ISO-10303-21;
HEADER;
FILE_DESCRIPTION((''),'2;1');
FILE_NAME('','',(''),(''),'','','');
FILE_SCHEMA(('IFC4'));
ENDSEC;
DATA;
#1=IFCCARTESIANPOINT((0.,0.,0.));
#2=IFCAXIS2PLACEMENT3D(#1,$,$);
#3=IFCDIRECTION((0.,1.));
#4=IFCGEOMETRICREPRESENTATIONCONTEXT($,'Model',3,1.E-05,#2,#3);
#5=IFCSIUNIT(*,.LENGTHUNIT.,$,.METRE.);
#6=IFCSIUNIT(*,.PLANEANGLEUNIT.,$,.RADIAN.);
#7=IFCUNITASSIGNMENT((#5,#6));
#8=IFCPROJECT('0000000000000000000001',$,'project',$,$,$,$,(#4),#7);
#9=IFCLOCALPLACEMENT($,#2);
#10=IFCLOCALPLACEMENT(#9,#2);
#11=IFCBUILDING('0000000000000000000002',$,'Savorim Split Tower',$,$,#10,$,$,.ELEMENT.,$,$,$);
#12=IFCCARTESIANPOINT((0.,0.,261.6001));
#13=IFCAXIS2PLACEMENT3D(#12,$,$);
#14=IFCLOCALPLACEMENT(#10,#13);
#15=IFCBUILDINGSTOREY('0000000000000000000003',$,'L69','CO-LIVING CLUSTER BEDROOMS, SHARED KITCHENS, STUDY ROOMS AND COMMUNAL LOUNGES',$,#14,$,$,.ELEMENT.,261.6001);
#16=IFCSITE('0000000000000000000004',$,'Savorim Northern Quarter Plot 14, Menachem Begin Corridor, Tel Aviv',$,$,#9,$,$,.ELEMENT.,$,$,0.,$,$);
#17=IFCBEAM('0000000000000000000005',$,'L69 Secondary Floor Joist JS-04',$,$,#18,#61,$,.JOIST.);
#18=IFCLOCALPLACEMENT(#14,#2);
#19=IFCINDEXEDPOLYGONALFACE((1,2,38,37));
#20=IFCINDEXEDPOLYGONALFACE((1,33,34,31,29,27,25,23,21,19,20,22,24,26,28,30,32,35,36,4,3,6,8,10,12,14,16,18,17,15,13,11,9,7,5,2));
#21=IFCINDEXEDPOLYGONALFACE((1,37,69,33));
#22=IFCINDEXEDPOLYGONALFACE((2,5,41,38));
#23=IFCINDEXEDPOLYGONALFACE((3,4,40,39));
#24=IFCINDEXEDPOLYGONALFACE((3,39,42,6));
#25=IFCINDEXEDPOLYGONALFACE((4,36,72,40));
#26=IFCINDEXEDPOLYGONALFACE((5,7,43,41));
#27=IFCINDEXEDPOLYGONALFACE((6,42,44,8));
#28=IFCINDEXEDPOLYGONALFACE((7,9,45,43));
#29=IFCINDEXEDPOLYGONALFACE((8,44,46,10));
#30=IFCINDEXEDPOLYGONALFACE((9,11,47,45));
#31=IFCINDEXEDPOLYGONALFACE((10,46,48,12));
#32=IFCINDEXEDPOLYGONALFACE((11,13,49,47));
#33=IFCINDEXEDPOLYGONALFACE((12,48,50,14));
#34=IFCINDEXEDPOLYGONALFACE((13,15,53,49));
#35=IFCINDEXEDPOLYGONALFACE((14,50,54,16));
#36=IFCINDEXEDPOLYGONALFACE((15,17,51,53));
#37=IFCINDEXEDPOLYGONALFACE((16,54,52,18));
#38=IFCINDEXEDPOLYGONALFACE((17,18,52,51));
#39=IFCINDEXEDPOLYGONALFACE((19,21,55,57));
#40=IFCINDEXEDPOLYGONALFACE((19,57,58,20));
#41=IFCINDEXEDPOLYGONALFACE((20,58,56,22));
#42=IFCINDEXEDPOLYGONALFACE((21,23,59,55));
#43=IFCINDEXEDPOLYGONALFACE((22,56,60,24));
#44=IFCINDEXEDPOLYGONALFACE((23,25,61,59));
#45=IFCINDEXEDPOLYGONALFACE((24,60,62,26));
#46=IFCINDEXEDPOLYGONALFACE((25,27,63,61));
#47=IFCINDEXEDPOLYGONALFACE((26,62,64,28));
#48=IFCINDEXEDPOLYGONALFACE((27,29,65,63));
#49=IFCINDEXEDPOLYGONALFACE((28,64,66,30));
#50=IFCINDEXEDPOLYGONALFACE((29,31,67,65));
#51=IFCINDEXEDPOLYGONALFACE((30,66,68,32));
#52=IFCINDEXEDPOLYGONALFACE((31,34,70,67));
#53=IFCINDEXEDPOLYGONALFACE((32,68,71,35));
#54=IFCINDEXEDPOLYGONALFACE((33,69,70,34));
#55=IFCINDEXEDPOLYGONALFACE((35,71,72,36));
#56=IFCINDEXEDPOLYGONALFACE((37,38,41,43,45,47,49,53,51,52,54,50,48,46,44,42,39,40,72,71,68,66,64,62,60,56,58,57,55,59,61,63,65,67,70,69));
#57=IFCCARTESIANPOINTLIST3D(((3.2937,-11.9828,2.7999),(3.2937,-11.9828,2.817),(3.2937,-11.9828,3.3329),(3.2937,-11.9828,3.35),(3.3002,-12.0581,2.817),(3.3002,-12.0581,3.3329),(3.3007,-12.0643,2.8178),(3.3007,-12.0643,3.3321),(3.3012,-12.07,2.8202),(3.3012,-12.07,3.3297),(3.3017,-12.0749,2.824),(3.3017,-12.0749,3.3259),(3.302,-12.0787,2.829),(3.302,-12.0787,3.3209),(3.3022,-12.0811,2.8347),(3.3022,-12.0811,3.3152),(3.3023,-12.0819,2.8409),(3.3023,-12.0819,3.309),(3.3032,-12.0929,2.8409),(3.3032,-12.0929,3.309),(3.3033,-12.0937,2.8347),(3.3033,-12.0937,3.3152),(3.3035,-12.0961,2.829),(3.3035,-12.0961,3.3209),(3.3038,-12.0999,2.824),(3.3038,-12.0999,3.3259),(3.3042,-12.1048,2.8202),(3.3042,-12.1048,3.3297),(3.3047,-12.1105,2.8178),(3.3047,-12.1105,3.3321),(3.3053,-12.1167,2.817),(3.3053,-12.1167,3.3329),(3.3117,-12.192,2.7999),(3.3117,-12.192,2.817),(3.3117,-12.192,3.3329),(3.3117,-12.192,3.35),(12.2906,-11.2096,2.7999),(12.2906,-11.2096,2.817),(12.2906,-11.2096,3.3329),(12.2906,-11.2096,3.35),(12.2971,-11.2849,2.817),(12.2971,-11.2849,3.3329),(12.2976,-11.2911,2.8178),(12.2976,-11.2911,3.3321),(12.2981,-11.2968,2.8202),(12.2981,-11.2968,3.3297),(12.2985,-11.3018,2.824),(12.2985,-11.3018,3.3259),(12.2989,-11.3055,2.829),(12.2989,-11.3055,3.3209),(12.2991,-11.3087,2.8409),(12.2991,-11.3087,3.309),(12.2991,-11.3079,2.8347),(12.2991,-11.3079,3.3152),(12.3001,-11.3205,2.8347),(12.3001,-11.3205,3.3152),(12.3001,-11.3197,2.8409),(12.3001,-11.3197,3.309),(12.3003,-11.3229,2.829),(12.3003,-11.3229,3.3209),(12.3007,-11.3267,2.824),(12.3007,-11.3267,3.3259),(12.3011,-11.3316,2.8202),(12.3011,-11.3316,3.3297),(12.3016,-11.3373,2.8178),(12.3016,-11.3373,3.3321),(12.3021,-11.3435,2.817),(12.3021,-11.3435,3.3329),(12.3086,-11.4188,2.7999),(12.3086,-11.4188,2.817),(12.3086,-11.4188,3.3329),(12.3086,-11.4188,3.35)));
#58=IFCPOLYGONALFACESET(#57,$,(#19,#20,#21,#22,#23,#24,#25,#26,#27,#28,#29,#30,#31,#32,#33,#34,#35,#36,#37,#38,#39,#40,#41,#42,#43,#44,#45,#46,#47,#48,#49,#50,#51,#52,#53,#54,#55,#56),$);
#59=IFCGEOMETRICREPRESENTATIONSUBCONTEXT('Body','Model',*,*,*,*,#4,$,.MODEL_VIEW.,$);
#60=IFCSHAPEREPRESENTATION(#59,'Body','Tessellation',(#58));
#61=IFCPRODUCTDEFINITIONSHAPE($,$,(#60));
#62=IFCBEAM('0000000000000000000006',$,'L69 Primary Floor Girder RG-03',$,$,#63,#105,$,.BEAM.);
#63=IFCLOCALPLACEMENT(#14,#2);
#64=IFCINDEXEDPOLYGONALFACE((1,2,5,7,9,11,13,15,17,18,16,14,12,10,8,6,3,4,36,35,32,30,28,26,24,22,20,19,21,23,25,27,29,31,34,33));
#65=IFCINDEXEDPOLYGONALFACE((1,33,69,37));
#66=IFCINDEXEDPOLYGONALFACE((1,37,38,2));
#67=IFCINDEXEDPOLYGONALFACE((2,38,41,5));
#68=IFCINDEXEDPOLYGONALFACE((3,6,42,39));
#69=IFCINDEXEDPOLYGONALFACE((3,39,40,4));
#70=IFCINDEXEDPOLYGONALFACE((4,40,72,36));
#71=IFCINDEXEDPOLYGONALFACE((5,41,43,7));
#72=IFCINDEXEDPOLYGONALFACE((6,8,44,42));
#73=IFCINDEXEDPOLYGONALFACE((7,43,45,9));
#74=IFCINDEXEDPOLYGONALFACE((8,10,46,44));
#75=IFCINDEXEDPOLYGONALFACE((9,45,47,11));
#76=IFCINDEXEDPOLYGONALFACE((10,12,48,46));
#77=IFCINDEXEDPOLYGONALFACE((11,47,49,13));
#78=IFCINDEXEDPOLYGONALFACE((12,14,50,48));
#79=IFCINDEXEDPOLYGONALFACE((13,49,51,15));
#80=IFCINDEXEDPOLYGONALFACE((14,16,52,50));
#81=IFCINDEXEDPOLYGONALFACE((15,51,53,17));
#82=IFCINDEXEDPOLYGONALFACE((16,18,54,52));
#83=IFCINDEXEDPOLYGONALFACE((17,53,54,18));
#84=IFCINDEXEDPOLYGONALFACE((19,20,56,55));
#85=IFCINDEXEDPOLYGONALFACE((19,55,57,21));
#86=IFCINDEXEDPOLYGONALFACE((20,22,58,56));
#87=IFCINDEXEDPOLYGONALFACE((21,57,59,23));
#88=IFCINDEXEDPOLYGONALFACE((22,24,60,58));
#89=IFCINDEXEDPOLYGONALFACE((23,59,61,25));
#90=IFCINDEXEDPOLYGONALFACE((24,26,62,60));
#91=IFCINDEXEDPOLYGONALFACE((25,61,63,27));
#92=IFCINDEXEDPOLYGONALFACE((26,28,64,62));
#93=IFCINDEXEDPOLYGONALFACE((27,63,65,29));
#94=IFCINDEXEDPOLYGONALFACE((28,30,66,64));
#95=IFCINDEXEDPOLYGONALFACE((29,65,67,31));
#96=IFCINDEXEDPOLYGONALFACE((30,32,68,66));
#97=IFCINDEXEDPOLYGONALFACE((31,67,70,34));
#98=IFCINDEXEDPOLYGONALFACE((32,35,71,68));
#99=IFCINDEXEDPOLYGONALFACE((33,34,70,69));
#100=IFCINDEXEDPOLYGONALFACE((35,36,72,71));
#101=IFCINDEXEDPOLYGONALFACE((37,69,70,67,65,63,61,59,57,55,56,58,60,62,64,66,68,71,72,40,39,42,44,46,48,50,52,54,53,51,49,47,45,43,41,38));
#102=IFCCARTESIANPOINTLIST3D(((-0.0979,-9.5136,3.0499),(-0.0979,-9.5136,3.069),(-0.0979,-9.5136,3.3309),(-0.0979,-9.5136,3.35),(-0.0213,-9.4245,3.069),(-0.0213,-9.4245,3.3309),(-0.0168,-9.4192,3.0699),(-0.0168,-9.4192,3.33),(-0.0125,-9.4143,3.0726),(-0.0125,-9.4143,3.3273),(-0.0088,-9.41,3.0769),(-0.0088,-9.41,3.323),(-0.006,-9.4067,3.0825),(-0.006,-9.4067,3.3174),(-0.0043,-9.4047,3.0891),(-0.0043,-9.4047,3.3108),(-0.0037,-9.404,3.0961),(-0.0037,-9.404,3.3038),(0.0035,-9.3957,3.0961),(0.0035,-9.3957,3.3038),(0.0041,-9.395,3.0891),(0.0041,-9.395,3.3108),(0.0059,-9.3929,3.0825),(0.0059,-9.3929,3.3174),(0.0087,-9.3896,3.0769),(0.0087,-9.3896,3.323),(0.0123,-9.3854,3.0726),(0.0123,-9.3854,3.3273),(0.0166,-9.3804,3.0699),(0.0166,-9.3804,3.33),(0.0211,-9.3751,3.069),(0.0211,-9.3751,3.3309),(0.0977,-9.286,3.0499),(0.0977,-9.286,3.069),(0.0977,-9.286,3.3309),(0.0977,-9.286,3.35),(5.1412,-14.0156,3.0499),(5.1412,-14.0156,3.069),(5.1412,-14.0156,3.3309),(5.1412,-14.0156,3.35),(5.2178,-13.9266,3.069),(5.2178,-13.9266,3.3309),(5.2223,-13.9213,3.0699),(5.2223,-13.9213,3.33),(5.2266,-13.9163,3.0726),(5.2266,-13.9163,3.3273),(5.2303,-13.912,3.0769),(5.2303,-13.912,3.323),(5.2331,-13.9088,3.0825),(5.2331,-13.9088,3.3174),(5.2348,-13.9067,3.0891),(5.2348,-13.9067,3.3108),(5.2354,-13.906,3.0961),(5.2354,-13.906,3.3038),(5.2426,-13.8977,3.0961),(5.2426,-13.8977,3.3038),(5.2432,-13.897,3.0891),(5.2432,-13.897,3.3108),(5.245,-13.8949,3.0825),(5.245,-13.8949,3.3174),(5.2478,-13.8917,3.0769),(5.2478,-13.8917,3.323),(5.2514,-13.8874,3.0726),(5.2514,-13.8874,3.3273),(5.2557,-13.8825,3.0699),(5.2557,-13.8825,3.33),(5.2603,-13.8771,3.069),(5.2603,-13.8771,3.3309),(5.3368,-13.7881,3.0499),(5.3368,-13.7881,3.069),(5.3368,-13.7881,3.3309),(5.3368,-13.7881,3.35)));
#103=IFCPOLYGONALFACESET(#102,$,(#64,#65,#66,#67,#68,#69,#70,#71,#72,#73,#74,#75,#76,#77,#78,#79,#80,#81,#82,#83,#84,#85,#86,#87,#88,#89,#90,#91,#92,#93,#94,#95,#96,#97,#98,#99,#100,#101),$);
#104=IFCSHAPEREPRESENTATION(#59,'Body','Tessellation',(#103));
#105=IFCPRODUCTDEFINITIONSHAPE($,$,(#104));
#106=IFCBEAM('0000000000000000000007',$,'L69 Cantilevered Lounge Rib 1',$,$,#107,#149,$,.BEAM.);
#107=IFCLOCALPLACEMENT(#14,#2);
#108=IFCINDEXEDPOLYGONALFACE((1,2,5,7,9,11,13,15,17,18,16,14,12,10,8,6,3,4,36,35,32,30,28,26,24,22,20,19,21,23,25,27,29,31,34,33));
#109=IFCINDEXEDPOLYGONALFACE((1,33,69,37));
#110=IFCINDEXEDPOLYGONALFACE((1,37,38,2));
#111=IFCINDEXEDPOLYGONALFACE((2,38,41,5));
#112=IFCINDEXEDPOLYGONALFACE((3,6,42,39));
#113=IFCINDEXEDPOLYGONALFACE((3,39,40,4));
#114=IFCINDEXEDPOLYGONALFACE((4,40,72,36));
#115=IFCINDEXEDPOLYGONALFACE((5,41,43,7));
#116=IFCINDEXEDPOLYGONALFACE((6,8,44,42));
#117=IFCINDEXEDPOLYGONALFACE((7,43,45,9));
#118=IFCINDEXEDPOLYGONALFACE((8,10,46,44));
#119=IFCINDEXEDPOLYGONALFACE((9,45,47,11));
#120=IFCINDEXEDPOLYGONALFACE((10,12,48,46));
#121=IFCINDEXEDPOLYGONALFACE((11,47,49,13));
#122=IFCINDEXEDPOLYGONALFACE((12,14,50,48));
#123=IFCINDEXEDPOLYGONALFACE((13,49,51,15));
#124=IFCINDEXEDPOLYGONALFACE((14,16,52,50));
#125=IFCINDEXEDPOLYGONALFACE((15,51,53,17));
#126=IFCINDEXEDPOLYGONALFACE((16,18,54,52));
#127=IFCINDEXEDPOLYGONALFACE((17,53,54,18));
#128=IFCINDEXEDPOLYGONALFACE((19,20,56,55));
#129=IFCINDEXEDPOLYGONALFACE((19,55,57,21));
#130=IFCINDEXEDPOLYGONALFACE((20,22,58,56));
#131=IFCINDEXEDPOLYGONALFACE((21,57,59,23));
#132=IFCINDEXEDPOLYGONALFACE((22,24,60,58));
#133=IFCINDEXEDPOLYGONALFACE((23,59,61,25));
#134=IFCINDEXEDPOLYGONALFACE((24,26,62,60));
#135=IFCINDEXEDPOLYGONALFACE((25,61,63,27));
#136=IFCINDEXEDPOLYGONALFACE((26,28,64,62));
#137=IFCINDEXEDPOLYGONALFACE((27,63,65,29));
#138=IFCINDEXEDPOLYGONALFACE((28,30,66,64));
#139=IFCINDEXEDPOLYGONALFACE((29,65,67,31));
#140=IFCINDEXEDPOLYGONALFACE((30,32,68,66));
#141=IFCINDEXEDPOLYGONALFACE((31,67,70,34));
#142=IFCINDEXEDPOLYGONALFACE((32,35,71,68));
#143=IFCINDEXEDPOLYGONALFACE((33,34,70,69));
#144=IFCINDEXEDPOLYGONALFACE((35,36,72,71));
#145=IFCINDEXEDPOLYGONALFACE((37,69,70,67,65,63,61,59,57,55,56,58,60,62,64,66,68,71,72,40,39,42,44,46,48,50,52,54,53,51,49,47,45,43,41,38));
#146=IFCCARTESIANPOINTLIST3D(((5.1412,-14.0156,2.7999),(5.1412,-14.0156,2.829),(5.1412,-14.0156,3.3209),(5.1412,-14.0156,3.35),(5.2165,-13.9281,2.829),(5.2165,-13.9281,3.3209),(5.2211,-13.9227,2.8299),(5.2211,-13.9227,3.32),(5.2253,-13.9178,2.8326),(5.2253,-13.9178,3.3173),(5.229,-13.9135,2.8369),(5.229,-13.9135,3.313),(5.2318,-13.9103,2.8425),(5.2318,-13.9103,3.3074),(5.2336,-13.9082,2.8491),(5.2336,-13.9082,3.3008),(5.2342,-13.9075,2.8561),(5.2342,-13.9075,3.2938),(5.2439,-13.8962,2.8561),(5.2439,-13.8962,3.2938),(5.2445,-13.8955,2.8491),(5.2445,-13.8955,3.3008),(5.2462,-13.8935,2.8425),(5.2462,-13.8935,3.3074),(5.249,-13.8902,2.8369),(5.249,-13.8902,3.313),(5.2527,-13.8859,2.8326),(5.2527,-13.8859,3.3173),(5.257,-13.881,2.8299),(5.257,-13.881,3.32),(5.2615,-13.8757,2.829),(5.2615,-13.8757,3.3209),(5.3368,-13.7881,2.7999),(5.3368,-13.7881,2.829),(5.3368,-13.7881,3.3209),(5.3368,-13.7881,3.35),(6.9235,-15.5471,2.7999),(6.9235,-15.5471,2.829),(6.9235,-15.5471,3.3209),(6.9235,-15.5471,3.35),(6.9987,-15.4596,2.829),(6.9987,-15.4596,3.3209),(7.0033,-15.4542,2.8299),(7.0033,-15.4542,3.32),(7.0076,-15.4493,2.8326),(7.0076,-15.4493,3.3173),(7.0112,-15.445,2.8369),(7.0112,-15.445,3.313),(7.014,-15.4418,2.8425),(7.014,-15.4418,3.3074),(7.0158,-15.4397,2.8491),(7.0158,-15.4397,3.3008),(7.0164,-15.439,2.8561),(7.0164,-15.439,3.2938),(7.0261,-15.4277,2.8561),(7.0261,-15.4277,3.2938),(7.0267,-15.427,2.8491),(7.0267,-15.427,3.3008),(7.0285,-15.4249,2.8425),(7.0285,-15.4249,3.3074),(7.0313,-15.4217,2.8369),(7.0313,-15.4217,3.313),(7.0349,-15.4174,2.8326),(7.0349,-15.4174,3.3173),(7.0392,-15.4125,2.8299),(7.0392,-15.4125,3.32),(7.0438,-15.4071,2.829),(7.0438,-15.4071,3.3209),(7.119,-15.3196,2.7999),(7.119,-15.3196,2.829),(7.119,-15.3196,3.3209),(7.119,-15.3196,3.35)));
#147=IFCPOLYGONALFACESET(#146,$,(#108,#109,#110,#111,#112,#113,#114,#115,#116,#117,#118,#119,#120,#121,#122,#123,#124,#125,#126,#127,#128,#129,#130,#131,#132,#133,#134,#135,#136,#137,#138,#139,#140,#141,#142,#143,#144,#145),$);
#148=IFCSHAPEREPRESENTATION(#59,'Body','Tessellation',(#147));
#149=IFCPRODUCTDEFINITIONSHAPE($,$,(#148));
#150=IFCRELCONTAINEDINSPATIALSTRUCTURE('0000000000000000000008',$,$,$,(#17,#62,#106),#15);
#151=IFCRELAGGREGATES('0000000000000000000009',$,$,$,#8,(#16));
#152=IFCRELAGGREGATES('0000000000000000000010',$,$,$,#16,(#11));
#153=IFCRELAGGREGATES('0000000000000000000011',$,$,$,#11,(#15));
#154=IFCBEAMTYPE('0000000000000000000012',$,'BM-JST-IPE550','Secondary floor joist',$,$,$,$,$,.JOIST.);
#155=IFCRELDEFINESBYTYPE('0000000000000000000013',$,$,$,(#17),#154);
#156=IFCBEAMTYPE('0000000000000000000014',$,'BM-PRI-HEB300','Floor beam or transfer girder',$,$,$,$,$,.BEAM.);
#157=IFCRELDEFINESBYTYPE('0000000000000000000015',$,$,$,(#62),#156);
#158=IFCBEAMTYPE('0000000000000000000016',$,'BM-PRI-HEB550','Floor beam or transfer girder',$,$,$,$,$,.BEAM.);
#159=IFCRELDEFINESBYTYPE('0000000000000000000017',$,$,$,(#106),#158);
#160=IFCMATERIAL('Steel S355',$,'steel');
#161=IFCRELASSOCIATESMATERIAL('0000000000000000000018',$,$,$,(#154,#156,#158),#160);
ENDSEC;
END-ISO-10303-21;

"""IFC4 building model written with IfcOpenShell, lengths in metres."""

from ifc_helpers import new_model, si_unit, direction, frame, origin, origin_2d, place, context, subcontext, project, spatial, i_section, extrude, material, material_profile, profile_set, type_object, element, save


model = new_model("IFC4")

# Units and contexts
model_context = context("Model", 3, precision=1e-05, world=origin(), true_north=direction((0.0, 1.0)))
body_context = subcontext(model_context, "Body", "Model", "MODEL_VIEW")
ifc_project = project(units=[si_unit("LENGTHUNIT", "METRE"), si_unit("PLANEANGLEUNIT", "RADIAN")], contexts=[model_context])

# Site, building, storey
site_placement = place(None, origin())
site = spatial("IfcSite", under=ifc_project, at=site_placement, Name="Savorim Northern Quarter Plot 14, Menachem Begin Corridor, Tel Aviv", CompositionType="ELEMENT", RefElevation=0.0)
building_placement = place(site_placement, origin())
building = spatial("IfcBuilding", under=site, at=building_placement, Name="Savorim Split Tower", CompositionType="ELEMENT")
storey_placement = place(building_placement, frame((0.0, 0.0, 261.6001)))
storey = spatial("IfcBuildingStorey", under=building, at=storey_placement, Name="L69", Description="CO-LIVING CLUSTER BEDROOMS, SHARED KITCHENS, STUDY ROOMS AND COMMUNAL LOUNGES", CompositionType="ELEMENT", Elevation=261.6001)

# Shared definitions
ifc_material_1 = material(Name="Steel S355", Category="steel")

# Beams
ifc_material_profile_1 = material_profile(ifc_material_1, i_section(OverallWidth=0.21, OverallDepth=0.55, WebThickness=0.011, FlangeThickness=0.0171, FilletRadius=0.0239, at=origin_2d()), Name="IPE 550")
ifc_profile_set_1 = profile_set([ifc_material_profile_1], Name="Steel S355")
beam_type_1 = type_object("IfcBeamType", Name="BM-JST-IPE550", Description="Secondary floor joist", PredefinedType="JOIST", material=ifc_profile_set_1)
beam_1_placement = place(storey_placement, frame((3.3027, -12.0874, 3.075), z_axis=(0.996327, 0.085625, 0.0), x_axis=(-0.085625, 0.996327, 0.0)))
element("IfcBeam", 1, at=beam_1_placement, inside=storey, type_object=beam_type_1, Name="L69 Secondary Floor Joist JS-04", PredefinedType="JOIST", context=body_context, shape_type="SweptSolid", body=[
    extrude(i_section(OverallWidth=0.21, OverallDepth=0.55, WebThickness=0.011, FlangeThickness=0.0171, FilletRadius=0.0239, at=origin_2d()), origin(), (0.0, 0.0, 1.0), 9.03),
])
ifc_material_profile_2 = material_profile(ifc_material_1, i_section(OverallWidth=0.3, OverallDepth=0.3, WebThickness=0.011, FlangeThickness=0.019, FilletRadius=0.0271, at=origin_2d()), Name="HEB 300")
ifc_profile_set_2 = profile_set([ifc_material_profile_2], Name="Steel S355")
beam_type_2 = type_object("IfcBeamType", Name="BM-PRI-HEB300", Description="Floor beam or transfer girder", PredefinedType="BEAM", material=ifc_profile_set_2)
beam_2_placement = place(storey_placement, frame((5.239, -13.9019, 3.2), z_axis=(-0.758443, 0.65174, 0.0), x_axis=(-0.65174, -0.758443, 0.0)))
element("IfcBeam", 2, at=beam_2_placement, inside=storey, type_object=beam_type_2, Name="L69 Primary Floor Girder RG-03", PredefinedType="BEAM", context=body_context, shape_type="SweptSolid", body=[
    extrude(i_section(OverallWidth=0.3, OverallDepth=0.3, WebThickness=0.011, FlangeThickness=0.019, FilletRadius=0.0271, at=origin_2d()), origin(), (0.0, 0.0, 1.0), 6.9077),
])
ifc_material_profile_3 = material_profile(ifc_material_1, i_section(OverallWidth=0.3, OverallDepth=0.55, WebThickness=0.0149, FlangeThickness=0.0291, FilletRadius=0.0271, at=origin_2d()), Name="HEB 550")
ifc_profile_set_3 = profile_set([ifc_material_profile_3], Name="Steel S355")
beam_type_3 = type_object("IfcBeamType", Name="BM-PRI-HEB550", Description="Floor beam or transfer girder", PredefinedType="BEAM", material=ifc_profile_set_3)
beam_3_placement = place(storey_placement, frame((5.239, -13.9019, 3.075), z_axis=(0.758442, -0.651741, 0.0), x_axis=(0.651741, 0.758442, 0.0)))
element("IfcBeam", 3, at=beam_3_placement, inside=storey, type_object=beam_type_3, Name="L69 Cantilevered Lounge Rib 1", PredefinedType="BEAM", context=body_context, shape_type="SweptSolid", body=[
    extrude(i_section(OverallWidth=0.3, OverallDepth=0.55, WebThickness=0.0149, FlangeThickness=0.0291, FilletRadius=0.0271, at=origin_2d()), origin(), (0.0, 0.0, 1.0), 2.3499),
])

save(model, "model.ifc")
